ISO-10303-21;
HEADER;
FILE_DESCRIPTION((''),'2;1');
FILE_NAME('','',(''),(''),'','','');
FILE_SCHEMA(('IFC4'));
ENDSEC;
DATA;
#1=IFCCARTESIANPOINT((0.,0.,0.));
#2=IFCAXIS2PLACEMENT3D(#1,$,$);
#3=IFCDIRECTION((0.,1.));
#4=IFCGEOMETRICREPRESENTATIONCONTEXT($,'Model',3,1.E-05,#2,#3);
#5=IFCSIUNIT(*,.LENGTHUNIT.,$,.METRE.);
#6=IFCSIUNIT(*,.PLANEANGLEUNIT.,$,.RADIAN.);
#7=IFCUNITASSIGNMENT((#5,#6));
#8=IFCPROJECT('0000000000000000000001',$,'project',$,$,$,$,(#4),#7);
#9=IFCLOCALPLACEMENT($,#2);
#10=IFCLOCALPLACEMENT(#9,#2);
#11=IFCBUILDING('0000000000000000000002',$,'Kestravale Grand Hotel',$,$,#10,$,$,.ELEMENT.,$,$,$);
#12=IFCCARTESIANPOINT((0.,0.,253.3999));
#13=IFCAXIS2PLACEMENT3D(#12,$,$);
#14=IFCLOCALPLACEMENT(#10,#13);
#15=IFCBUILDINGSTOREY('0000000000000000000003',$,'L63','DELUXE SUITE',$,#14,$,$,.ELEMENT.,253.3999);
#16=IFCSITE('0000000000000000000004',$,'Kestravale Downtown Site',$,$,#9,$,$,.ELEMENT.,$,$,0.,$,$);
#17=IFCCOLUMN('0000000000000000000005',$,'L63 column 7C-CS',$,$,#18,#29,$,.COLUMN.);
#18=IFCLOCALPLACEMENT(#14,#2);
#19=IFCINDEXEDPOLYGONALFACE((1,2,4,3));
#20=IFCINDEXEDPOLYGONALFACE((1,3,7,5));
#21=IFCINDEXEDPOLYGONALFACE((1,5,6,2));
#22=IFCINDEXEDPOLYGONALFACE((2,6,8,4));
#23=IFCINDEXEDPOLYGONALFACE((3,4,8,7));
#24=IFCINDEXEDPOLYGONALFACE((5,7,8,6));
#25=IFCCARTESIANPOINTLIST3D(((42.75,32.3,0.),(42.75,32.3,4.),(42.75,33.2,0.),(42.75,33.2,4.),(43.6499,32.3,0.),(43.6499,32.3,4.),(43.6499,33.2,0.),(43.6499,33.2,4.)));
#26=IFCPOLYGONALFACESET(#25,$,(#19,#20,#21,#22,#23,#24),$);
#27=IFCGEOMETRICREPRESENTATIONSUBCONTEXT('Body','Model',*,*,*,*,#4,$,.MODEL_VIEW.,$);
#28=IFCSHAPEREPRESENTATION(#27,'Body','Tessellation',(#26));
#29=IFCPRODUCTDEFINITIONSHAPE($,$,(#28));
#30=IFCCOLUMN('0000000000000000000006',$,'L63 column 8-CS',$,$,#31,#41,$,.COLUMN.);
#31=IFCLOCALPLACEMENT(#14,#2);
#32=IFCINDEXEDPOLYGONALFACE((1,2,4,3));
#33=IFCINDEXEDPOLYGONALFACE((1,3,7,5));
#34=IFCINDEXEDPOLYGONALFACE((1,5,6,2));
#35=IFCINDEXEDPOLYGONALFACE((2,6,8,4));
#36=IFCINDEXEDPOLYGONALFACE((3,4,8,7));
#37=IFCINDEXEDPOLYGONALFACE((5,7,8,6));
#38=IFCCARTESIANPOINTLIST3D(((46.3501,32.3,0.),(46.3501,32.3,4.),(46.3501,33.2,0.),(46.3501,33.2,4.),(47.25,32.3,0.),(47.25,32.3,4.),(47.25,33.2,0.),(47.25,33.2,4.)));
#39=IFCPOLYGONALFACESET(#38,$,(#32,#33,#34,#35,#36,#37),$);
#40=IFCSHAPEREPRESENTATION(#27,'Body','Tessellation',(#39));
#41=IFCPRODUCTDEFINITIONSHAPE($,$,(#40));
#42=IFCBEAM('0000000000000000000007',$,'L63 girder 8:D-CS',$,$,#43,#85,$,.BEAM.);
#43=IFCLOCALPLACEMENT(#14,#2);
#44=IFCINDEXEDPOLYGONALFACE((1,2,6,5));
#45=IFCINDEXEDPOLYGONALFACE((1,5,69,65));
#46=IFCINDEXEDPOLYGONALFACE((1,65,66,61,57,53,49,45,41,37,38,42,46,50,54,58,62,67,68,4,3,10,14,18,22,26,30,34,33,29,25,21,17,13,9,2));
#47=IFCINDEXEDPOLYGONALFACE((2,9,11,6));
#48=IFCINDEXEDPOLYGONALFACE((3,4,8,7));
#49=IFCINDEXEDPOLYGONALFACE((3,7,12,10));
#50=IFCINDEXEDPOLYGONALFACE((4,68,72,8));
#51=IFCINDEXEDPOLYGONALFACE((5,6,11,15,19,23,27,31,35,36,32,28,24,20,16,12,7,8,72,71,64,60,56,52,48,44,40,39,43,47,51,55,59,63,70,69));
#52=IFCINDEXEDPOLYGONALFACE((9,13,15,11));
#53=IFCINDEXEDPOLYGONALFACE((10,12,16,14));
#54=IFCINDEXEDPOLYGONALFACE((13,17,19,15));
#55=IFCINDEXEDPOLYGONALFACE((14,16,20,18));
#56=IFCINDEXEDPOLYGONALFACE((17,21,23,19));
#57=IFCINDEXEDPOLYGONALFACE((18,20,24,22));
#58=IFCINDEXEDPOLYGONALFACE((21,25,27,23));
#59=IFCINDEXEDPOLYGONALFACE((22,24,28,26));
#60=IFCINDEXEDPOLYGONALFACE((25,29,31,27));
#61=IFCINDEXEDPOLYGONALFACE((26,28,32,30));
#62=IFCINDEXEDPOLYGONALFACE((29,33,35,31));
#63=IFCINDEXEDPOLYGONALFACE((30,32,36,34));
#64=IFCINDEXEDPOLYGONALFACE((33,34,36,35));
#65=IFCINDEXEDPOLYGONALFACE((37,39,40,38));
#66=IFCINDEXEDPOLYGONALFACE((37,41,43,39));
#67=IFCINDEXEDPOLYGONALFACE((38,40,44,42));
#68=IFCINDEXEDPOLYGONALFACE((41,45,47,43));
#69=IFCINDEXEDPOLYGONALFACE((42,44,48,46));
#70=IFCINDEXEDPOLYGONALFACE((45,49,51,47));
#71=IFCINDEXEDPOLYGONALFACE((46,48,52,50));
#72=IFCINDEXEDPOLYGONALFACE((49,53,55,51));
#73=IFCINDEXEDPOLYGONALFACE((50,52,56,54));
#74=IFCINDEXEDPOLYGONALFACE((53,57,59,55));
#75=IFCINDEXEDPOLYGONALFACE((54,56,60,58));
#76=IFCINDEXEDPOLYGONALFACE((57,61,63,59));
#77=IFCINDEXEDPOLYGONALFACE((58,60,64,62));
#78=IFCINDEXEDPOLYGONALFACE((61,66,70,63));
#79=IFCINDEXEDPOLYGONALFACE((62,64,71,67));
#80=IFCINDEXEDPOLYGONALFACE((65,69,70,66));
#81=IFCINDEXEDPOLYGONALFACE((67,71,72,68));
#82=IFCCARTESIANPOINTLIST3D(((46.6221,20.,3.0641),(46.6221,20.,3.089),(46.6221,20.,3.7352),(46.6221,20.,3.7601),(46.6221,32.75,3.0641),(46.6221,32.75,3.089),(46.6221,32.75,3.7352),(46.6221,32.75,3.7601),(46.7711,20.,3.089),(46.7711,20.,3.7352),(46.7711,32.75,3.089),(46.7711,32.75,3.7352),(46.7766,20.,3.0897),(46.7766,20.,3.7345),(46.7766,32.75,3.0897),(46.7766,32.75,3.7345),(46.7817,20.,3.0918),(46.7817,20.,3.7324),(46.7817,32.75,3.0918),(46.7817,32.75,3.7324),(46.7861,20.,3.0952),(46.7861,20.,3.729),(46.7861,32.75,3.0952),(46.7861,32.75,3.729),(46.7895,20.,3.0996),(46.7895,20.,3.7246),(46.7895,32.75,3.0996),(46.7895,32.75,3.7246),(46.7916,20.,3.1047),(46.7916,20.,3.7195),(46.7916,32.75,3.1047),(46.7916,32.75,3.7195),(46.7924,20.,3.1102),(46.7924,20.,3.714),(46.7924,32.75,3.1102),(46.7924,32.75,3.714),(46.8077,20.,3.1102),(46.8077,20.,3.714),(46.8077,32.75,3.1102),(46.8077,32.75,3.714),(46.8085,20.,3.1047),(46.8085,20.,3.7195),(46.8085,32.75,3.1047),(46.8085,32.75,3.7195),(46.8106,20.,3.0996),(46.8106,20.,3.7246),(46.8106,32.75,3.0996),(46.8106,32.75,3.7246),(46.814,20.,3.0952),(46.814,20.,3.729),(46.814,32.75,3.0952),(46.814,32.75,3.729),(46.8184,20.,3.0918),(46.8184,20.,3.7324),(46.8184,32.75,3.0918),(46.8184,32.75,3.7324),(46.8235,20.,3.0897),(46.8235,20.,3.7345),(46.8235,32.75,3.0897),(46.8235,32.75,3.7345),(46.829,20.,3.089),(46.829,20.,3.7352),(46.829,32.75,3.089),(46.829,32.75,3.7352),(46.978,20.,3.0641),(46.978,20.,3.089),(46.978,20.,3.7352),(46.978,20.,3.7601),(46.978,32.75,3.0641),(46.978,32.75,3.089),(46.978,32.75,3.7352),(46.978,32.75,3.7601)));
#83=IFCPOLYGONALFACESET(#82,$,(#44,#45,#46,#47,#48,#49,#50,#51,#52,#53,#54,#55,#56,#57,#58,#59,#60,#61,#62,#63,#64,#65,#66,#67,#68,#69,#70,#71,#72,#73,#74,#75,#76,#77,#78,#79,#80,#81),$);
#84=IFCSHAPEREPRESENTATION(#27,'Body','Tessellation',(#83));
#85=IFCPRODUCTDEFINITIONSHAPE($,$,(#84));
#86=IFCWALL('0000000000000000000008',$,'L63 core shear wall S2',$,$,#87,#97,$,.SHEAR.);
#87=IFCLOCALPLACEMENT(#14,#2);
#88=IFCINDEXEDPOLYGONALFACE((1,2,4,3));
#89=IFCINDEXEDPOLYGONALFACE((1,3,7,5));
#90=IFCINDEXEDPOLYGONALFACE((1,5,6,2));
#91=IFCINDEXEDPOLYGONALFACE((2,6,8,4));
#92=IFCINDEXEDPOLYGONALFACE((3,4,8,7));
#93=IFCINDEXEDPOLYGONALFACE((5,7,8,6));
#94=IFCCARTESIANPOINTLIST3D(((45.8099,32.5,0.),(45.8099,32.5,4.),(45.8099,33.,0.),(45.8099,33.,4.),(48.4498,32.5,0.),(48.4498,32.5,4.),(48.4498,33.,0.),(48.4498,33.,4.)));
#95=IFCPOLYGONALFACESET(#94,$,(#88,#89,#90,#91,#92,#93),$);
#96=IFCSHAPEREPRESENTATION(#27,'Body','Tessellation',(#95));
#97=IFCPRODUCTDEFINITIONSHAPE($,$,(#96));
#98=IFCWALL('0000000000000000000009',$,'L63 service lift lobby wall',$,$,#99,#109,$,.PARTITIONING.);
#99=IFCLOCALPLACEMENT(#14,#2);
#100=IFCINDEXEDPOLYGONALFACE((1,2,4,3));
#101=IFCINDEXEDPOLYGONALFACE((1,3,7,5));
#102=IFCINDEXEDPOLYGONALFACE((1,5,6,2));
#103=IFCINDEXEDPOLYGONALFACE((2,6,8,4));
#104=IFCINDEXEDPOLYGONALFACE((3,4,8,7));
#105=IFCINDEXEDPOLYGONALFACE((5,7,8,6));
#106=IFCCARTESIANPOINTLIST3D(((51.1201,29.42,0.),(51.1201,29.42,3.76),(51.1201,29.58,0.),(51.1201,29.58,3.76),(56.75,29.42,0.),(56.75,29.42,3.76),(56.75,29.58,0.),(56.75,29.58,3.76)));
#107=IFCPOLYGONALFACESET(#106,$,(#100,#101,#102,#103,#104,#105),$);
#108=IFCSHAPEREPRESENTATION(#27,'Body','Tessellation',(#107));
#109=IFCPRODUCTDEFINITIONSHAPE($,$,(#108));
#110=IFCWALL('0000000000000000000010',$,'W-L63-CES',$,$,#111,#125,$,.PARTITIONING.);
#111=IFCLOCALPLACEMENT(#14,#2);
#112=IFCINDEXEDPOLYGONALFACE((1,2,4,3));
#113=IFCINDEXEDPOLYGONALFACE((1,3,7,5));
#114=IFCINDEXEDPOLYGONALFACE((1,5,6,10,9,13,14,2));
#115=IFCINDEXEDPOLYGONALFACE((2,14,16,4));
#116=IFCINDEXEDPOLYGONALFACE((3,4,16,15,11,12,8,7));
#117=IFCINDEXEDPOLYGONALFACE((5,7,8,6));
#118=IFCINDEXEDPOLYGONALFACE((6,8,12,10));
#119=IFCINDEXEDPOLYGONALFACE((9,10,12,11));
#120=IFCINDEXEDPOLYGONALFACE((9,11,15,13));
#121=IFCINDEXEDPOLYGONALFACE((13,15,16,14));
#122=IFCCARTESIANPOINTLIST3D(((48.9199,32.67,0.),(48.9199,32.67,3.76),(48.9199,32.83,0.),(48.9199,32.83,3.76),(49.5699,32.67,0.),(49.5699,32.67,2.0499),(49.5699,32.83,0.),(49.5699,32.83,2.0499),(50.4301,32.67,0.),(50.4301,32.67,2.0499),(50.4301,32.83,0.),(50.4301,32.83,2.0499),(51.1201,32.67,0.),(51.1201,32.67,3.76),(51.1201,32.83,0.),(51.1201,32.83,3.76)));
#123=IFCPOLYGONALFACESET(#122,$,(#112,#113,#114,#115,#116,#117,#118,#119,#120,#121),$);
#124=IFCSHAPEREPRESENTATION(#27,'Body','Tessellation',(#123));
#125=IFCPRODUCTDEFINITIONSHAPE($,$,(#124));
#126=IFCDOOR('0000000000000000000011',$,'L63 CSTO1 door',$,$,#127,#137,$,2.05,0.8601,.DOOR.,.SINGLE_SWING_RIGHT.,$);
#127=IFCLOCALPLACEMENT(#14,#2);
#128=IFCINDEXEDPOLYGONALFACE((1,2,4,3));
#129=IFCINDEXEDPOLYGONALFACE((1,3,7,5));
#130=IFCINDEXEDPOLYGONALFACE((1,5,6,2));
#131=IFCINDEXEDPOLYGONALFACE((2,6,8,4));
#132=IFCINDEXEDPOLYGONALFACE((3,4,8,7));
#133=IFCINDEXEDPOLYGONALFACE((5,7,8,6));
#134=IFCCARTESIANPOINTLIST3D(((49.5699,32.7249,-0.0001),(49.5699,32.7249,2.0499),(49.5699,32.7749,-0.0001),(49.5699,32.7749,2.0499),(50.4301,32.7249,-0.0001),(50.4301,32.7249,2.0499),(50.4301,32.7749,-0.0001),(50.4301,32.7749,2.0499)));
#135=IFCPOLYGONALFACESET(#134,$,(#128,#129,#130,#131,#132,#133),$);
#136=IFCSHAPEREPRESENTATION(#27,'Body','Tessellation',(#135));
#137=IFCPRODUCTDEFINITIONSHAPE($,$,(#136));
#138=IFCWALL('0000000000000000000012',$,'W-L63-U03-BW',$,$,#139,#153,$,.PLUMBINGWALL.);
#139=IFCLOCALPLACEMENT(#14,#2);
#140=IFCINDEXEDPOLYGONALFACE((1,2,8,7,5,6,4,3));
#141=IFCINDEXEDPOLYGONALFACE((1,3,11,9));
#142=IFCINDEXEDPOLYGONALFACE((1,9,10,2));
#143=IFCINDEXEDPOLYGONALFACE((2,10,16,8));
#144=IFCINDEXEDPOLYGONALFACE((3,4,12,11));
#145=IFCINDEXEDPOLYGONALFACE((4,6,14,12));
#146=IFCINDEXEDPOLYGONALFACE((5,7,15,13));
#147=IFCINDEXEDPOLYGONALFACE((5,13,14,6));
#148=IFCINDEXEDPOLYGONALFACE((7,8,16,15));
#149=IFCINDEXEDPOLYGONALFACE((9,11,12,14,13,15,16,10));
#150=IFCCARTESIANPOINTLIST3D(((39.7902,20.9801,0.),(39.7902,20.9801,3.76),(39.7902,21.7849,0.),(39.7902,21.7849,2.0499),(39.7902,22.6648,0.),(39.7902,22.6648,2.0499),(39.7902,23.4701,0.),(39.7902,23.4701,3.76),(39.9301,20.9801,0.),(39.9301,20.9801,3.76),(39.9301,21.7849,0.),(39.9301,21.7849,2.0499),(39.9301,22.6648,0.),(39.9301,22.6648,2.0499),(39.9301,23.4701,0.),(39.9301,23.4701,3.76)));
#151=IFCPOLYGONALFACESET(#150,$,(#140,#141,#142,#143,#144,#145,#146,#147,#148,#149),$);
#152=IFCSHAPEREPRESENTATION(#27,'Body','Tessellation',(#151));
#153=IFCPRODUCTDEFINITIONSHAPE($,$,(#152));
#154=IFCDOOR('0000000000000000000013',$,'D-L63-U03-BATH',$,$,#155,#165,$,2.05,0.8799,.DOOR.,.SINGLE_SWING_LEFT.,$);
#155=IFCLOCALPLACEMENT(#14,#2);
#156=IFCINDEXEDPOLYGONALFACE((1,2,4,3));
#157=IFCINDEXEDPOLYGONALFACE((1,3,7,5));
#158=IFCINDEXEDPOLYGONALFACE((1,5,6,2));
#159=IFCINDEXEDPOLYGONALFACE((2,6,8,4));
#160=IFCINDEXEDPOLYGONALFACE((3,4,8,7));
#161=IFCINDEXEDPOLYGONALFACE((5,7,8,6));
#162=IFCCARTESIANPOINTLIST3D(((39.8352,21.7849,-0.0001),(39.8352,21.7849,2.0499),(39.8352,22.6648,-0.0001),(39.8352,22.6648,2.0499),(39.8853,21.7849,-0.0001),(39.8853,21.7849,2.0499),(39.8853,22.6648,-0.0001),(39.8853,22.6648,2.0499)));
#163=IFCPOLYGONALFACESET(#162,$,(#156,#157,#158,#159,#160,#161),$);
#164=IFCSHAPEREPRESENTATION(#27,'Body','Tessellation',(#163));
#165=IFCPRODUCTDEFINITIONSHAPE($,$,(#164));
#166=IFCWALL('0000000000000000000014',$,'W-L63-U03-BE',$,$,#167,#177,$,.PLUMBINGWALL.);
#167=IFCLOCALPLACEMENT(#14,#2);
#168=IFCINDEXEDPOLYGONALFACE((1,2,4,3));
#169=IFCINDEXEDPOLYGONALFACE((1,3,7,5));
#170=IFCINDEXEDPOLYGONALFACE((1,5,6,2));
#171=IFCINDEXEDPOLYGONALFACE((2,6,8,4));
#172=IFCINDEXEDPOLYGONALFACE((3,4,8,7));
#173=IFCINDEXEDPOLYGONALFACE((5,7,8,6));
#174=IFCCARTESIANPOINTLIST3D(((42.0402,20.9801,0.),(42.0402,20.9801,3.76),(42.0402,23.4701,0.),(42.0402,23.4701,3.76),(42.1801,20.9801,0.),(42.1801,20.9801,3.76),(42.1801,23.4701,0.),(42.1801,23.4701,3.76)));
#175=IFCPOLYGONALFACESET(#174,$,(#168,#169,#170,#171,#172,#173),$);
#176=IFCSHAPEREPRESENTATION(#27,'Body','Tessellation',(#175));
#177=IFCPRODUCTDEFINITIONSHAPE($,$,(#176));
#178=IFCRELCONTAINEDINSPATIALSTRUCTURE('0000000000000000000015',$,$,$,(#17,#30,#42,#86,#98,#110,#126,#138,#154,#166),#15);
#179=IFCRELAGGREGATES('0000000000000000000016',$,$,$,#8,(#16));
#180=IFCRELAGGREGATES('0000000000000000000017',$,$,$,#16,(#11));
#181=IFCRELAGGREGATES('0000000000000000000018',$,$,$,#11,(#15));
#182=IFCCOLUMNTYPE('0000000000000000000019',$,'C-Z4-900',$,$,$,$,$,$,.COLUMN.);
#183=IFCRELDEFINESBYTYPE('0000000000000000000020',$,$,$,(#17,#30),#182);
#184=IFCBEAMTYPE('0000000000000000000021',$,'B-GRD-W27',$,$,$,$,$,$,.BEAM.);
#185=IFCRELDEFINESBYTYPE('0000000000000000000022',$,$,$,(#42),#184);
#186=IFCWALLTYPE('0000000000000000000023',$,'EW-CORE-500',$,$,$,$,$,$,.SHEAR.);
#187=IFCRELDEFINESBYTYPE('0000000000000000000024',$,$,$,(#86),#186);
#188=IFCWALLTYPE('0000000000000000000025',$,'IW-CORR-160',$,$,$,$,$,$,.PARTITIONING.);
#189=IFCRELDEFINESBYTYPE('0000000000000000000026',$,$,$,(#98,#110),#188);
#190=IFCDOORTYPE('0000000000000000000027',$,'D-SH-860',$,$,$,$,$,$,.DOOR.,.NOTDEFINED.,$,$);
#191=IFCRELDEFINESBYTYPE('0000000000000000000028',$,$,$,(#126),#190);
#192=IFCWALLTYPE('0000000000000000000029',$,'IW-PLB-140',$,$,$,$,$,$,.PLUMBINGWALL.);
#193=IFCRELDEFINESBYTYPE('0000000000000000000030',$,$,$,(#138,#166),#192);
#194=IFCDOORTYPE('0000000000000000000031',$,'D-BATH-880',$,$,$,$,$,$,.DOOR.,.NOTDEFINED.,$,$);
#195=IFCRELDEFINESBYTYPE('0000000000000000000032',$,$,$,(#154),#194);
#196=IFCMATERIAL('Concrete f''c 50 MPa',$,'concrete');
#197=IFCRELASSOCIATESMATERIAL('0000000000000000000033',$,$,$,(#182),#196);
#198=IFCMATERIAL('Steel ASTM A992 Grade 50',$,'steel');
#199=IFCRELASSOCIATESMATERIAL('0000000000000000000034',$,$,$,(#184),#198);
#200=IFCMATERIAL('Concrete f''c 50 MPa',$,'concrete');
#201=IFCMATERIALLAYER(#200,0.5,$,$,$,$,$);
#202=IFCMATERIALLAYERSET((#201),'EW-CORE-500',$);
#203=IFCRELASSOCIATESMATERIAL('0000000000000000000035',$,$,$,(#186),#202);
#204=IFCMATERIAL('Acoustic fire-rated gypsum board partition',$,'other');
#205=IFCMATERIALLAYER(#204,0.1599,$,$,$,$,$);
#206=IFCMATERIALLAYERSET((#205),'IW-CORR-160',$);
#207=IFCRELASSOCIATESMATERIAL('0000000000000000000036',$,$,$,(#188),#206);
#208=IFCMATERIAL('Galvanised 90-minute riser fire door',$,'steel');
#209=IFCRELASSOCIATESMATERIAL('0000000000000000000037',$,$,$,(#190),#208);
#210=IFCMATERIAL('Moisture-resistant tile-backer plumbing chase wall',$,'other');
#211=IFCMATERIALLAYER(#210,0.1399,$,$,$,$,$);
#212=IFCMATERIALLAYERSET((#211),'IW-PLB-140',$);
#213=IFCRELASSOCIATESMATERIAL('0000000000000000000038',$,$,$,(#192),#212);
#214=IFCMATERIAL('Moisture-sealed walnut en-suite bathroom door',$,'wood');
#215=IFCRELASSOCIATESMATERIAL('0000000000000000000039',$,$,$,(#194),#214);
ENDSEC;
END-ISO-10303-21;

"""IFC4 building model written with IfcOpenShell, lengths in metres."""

from ifc_helpers import new_model, si_unit, direction, frame, frame_2d, origin, origin_2d, place, context, subcontext, project, spatial, rectangle, i_section, extrude, material, layer, layer_set, material_profile, profile_set, type_object, element, fill, save


model = new_model("IFC4")

# Units and contexts
model_context = context("Model", 3, precision=1e-05, world=origin(), true_north=direction((0.0, 1.0)))
body_context = subcontext(model_context, "Body", "Model", "MODEL_VIEW")
ifc_project = project(units=[si_unit("LENGTHUNIT", "METRE"), si_unit("PLANEANGLEUNIT", "RADIAN")], contexts=[model_context])

# Site, building, storey
site_placement = place(None, origin())
site = spatial("IfcSite", under=ifc_project, at=site_placement, Name="Kestravale Downtown Site", CompositionType="ELEMENT", RefElevation=0.0)
building_placement = place(site_placement, origin())
building = spatial("IfcBuilding", under=site, at=building_placement, Name="Kestravale Grand Hotel", CompositionType="ELEMENT")
storey_placement = place(building_placement, frame((0.0, 0.0, 253.3999)))
storey = spatial("IfcBuildingStorey", under=building, at=storey_placement, Name="L63", Description="DELUXE SUITE", CompositionType="ELEMENT", Elevation=253.3999)

# Columns
ifc_material_1 = material(Name="Concrete f'c 50 MPa", Category="concrete")
ifc_material_profile_1 = material_profile(ifc_material_1, rectangle(XDim=0.8999, YDim=0.8999, at=origin_2d()))
ifc_profile_set_1 = profile_set([ifc_material_profile_1], Name="Concrete f'c 50 MPa")
column_type = type_object("IfcColumnType", Name="C-Z4-900", PredefinedType="COLUMN", material=ifc_profile_set_1)
for number, where, z_axis, x_axis, name in (
    (1, (43.2, 32.75, 0.0), (0.0, 0.0, 1.0), (1.0, 0.0, 0.0), "L63 column 7C-CS"),
    (2, (46.8, 32.75, 0.0), (0.0, 0.0, 1.0), (1.0, 0.0, 0.0), "L63 column 8-CS"),
):
    element("IfcColumn", number, at=place(storey_placement, frame(where, z_axis=z_axis, x_axis=x_axis)), inside=storey, type_object=column_type, Name=name, PredefinedType="COLUMN", context=body_context, shape_type="SweptSolid", body=[
        extrude(rectangle(XDim=0.8999, YDim=0.8999, at=origin_2d()), origin(), (0.0, 0.0, 1.0), 4.0),
    ])

# Beam
ifc_material_2 = material(Name="Steel ASTM A992 Grade 50", Category="steel")
ifc_material_profile_2 = material_profile(ifc_material_2, i_section(OverallWidth=0.356, OverallDepth=0.696, WebThickness=0.0154, FlangeThickness=0.0249, FilletRadius=0.0212, at=origin_2d()))
ifc_profile_set_2 = profile_set([ifc_material_profile_2], Name="Steel ASTM A992 Grade 50")
beam_type = type_object("IfcBeamType", Name="B-GRD-W27", PredefinedType="BEAM", material=ifc_profile_set_2)
beam_placement = place(storey_placement, frame((46.8, 20.0, 3.4121), z_axis=(0.0, 1.0, 0.0), x_axis=(-1.0, 0.0, 0.0)))
element("IfcBeam", 3, at=beam_placement, inside=storey, type_object=beam_type, Name="L63 girder 8:D-CS", PredefinedType="BEAM", context=body_context, shape_type="SweptSolid", body=[
    extrude(i_section(OverallWidth=0.356, OverallDepth=0.696, WebThickness=0.0154, FlangeThickness=0.0249, FilletRadius=0.0212, at=origin_2d()), origin(), (0.0, 0.0, 1.0), 12.75),
])

# Wall
ifc_material_3 = material(Name="Concrete f'c 50 MPa", Category="concrete")
ifc_layer_1 = layer(ifc_material_3, 0.5)
ifc_layer_set_1 = layer_set([ifc_layer_1], Name="EW-CORE-500")
wall_type_1 = type_object("IfcWallType", Name="EW-CORE-500", PredefinedType="SHEAR", material=ifc_layer_set_1)
wall_1_placement = place(storey_placement, frame((45.8101, 32.75, 0.0), z_axis=(0.0, 0.0, 1.0), x_axis=(1.0, 0.0, 0.0)))
element("IfcWall", 4, at=wall_1_placement, inside=storey, type_object=wall_type_1, Name="L63 core shear wall S2", PredefinedType="SHEAR", context=body_context, shape_type="SweptSolid", body=[
    extrude(rectangle(XDim=2.6399, YDim=0.5, at=frame_2d((1.3198, 0.0))), origin(), (0.0, 0.0, 1.0), 4.0),
])

# Shared definitions
ifc_material_4 = material(Name="Acoustic fire-rated gypsum board partition", Category="other")
ifc_layer_2 = layer(ifc_material_4, 0.1599)
ifc_layer_set_2 = layer_set([ifc_layer_2], Name="IW-CORR-160")
wall_type_2 = type_object("IfcWallType", Name="IW-CORR-160", PredefinedType="PARTITIONING", material=ifc_layer_set_2)

# Wall
wall_2_placement = place(storey_placement, frame((51.1201, 29.5, 0.0), z_axis=(0.0, 0.0, 1.0), x_axis=(1.0, 0.0, 0.0)))
element("IfcWall", 5, at=wall_2_placement, inside=storey, type_object=wall_type_2, Name="L63 service lift lobby wall", PredefinedType="PARTITIONING", context=body_context, shape_type="SweptSolid", body=[
    extrude(rectangle(XDim=5.6299, YDim=0.1599, at=frame_2d((2.8149, 0.0))), origin(), (0.0, 0.0, 1.0), 3.76),
])

# Walls, openings, doors
wall_3_placement = place(storey_placement, frame((48.9199, 32.75, 0.0), z_axis=(0.0, 0.0, 1.0), x_axis=(1.0, 0.0, 0.0)))
wall_3 = element("IfcWall", 6, at=wall_3_placement, inside=storey, type_object=wall_type_2, Name="W-L63-CES", PredefinedType="PARTITIONING", context=body_context, shape_type="SweptSolid", body=[
    extrude(rectangle(XDim=2.2002, YDim=0.1599, at=frame_2d((1.1001, 0.0))), origin(), (0.0, 0.0, 1.0), 3.76),
])
opening_1_placement = place(wall_3_placement, frame((0.6499, 0.0, 0.0)))
opening_1 = element("IfcOpeningElement", 7, at=opening_1_placement, cuts=wall_3, PredefinedType="OPENING", context=body_context, shape_type="SweptSolid", body=[
    extrude(rectangle(XDim=0.8601, YDim=2.05, at=frame_2d((0.4302, 1.0249))), frame((0.0, 0.0898, 0.0), z_axis=(0.0, -1.0, 0.0), x_axis=(1.0, 0.0, 0.0)), (0.0, 0.0, 1.0), 0.1799),
])
ifc_material_5 = material(Name="Galvanised 90-minute riser fire door", Category="steel")
door_type_1 = type_object("IfcDoorType", Name="D-SH-860", OperationType="NOTDEFINED", PredefinedType="DOOR", material=ifc_material_5)
door_1_placement = place(opening_1_placement, origin())
door_1 = element("IfcDoor", 8, at=door_1_placement, inside=storey, type_object=door_type_1, Name="L63 CSTO1 door", OperationType="SINGLE_SWING_RIGHT", OverallHeight=2.05, OverallWidth=0.8601, PredefinedType="DOOR", context=body_context, shape_type="SweptSolid", body=[
    extrude(rectangle(XDim=0.8601, YDim=2.05, at=frame_2d((0.4302, 1.0249))), frame((0.0, 0.0249, 0.0), z_axis=(0.0, -1.0, 0.0), x_axis=(1.0, 0.0, 0.0)), (0.0, 0.0, 1.0), 0.05),
])
fill(opening_1, door_1)
ifc_material_6 = material(Name="Moisture-resistant tile-backer plumbing chase wall", Category="other")
ifc_layer_3 = layer(ifc_material_6, 0.1399)
ifc_layer_set_3 = layer_set([ifc_layer_3], Name="IW-PLB-140")
wall_type_3 = type_object("IfcWallType", Name="IW-PLB-140", PredefinedType="PLUMBINGWALL", material=ifc_layer_set_3)
wall_4_placement = place(storey_placement, frame((39.8601, 20.98, 0.0), z_axis=(0.0, 0.0, 1.0), x_axis=(0.0, 1.0, 0.0)))
wall_4 = element("IfcWall", 9, at=wall_4_placement, inside=storey, type_object=wall_type_3, Name="W-L63-U03-BW", PredefinedType="PLUMBINGWALL", context=body_context, shape_type="SweptSolid", body=[
    extrude(rectangle(XDim=2.49, YDim=0.1399, at=frame_2d((1.2451, 0.0))), origin(), (0.0, 0.0, 1.0), 3.76),
])
opening_2_placement = place(wall_4_placement, frame((0.8049, 0.0, 0.0)))
opening_2 = element("IfcOpeningElement", 10, at=opening_2_placement, cuts=wall_4, PredefinedType="OPENING", context=body_context, shape_type="SweptSolid", body=[
    extrude(rectangle(XDim=0.8799, YDim=2.05, at=frame_2d((0.4399, 1.0249))), frame((0.0, 0.0798, 0.0), z_axis=(0.0, -1.0, 0.0), x_axis=(1.0, 0.0, 0.0)), (0.0, 0.0, 1.0), 0.1599),
])
ifc_material_7 = material(Name="Moisture-sealed walnut en-suite bathroom door", Category="wood")
door_type_2 = type_object("IfcDoorType", Name="D-BATH-880", OperationType="NOTDEFINED", PredefinedType="DOOR", material=ifc_material_7)
door_2_placement = place(opening_2_placement, origin())
door_2 = element("IfcDoor", 11, at=door_2_placement, inside=storey, type_object=door_type_2, Name="D-L63-U03-BATH", OperationType="SINGLE_SWING_LEFT", OverallHeight=2.05, OverallWidth=0.8799, PredefinedType="DOOR", context=body_context, shape_type="SweptSolid", body=[
    extrude(rectangle(XDim=0.8799, YDim=2.05, at=frame_2d((0.4399, 1.0249))), frame((0.0, 0.0249, 0.0), z_axis=(0.0, -1.0, 0.0), x_axis=(1.0, 0.0, 0.0)), (0.0, 0.0, 1.0), 0.05),
])
fill(opening_2, door_2)

# Wall
wall_5_placement = place(storey_placement, frame((42.1101, 20.98, 0.0), z_axis=(0.0, 0.0, 1.0), x_axis=(0.0, 1.0, 0.0)))
element("IfcWall", 12, at=wall_5_placement, inside=storey, type_object=wall_type_3, Name="W-L63-U03-BE", PredefinedType="PLUMBINGWALL", context=body_context, shape_type="SweptSolid", body=[
    extrude(rectangle(XDim=2.49, YDim=0.1399, at=frame_2d((1.2451, 0.0))), origin(), (0.0, 0.0, 1.0), 3.76),
])

save(model, "model.ifc")
